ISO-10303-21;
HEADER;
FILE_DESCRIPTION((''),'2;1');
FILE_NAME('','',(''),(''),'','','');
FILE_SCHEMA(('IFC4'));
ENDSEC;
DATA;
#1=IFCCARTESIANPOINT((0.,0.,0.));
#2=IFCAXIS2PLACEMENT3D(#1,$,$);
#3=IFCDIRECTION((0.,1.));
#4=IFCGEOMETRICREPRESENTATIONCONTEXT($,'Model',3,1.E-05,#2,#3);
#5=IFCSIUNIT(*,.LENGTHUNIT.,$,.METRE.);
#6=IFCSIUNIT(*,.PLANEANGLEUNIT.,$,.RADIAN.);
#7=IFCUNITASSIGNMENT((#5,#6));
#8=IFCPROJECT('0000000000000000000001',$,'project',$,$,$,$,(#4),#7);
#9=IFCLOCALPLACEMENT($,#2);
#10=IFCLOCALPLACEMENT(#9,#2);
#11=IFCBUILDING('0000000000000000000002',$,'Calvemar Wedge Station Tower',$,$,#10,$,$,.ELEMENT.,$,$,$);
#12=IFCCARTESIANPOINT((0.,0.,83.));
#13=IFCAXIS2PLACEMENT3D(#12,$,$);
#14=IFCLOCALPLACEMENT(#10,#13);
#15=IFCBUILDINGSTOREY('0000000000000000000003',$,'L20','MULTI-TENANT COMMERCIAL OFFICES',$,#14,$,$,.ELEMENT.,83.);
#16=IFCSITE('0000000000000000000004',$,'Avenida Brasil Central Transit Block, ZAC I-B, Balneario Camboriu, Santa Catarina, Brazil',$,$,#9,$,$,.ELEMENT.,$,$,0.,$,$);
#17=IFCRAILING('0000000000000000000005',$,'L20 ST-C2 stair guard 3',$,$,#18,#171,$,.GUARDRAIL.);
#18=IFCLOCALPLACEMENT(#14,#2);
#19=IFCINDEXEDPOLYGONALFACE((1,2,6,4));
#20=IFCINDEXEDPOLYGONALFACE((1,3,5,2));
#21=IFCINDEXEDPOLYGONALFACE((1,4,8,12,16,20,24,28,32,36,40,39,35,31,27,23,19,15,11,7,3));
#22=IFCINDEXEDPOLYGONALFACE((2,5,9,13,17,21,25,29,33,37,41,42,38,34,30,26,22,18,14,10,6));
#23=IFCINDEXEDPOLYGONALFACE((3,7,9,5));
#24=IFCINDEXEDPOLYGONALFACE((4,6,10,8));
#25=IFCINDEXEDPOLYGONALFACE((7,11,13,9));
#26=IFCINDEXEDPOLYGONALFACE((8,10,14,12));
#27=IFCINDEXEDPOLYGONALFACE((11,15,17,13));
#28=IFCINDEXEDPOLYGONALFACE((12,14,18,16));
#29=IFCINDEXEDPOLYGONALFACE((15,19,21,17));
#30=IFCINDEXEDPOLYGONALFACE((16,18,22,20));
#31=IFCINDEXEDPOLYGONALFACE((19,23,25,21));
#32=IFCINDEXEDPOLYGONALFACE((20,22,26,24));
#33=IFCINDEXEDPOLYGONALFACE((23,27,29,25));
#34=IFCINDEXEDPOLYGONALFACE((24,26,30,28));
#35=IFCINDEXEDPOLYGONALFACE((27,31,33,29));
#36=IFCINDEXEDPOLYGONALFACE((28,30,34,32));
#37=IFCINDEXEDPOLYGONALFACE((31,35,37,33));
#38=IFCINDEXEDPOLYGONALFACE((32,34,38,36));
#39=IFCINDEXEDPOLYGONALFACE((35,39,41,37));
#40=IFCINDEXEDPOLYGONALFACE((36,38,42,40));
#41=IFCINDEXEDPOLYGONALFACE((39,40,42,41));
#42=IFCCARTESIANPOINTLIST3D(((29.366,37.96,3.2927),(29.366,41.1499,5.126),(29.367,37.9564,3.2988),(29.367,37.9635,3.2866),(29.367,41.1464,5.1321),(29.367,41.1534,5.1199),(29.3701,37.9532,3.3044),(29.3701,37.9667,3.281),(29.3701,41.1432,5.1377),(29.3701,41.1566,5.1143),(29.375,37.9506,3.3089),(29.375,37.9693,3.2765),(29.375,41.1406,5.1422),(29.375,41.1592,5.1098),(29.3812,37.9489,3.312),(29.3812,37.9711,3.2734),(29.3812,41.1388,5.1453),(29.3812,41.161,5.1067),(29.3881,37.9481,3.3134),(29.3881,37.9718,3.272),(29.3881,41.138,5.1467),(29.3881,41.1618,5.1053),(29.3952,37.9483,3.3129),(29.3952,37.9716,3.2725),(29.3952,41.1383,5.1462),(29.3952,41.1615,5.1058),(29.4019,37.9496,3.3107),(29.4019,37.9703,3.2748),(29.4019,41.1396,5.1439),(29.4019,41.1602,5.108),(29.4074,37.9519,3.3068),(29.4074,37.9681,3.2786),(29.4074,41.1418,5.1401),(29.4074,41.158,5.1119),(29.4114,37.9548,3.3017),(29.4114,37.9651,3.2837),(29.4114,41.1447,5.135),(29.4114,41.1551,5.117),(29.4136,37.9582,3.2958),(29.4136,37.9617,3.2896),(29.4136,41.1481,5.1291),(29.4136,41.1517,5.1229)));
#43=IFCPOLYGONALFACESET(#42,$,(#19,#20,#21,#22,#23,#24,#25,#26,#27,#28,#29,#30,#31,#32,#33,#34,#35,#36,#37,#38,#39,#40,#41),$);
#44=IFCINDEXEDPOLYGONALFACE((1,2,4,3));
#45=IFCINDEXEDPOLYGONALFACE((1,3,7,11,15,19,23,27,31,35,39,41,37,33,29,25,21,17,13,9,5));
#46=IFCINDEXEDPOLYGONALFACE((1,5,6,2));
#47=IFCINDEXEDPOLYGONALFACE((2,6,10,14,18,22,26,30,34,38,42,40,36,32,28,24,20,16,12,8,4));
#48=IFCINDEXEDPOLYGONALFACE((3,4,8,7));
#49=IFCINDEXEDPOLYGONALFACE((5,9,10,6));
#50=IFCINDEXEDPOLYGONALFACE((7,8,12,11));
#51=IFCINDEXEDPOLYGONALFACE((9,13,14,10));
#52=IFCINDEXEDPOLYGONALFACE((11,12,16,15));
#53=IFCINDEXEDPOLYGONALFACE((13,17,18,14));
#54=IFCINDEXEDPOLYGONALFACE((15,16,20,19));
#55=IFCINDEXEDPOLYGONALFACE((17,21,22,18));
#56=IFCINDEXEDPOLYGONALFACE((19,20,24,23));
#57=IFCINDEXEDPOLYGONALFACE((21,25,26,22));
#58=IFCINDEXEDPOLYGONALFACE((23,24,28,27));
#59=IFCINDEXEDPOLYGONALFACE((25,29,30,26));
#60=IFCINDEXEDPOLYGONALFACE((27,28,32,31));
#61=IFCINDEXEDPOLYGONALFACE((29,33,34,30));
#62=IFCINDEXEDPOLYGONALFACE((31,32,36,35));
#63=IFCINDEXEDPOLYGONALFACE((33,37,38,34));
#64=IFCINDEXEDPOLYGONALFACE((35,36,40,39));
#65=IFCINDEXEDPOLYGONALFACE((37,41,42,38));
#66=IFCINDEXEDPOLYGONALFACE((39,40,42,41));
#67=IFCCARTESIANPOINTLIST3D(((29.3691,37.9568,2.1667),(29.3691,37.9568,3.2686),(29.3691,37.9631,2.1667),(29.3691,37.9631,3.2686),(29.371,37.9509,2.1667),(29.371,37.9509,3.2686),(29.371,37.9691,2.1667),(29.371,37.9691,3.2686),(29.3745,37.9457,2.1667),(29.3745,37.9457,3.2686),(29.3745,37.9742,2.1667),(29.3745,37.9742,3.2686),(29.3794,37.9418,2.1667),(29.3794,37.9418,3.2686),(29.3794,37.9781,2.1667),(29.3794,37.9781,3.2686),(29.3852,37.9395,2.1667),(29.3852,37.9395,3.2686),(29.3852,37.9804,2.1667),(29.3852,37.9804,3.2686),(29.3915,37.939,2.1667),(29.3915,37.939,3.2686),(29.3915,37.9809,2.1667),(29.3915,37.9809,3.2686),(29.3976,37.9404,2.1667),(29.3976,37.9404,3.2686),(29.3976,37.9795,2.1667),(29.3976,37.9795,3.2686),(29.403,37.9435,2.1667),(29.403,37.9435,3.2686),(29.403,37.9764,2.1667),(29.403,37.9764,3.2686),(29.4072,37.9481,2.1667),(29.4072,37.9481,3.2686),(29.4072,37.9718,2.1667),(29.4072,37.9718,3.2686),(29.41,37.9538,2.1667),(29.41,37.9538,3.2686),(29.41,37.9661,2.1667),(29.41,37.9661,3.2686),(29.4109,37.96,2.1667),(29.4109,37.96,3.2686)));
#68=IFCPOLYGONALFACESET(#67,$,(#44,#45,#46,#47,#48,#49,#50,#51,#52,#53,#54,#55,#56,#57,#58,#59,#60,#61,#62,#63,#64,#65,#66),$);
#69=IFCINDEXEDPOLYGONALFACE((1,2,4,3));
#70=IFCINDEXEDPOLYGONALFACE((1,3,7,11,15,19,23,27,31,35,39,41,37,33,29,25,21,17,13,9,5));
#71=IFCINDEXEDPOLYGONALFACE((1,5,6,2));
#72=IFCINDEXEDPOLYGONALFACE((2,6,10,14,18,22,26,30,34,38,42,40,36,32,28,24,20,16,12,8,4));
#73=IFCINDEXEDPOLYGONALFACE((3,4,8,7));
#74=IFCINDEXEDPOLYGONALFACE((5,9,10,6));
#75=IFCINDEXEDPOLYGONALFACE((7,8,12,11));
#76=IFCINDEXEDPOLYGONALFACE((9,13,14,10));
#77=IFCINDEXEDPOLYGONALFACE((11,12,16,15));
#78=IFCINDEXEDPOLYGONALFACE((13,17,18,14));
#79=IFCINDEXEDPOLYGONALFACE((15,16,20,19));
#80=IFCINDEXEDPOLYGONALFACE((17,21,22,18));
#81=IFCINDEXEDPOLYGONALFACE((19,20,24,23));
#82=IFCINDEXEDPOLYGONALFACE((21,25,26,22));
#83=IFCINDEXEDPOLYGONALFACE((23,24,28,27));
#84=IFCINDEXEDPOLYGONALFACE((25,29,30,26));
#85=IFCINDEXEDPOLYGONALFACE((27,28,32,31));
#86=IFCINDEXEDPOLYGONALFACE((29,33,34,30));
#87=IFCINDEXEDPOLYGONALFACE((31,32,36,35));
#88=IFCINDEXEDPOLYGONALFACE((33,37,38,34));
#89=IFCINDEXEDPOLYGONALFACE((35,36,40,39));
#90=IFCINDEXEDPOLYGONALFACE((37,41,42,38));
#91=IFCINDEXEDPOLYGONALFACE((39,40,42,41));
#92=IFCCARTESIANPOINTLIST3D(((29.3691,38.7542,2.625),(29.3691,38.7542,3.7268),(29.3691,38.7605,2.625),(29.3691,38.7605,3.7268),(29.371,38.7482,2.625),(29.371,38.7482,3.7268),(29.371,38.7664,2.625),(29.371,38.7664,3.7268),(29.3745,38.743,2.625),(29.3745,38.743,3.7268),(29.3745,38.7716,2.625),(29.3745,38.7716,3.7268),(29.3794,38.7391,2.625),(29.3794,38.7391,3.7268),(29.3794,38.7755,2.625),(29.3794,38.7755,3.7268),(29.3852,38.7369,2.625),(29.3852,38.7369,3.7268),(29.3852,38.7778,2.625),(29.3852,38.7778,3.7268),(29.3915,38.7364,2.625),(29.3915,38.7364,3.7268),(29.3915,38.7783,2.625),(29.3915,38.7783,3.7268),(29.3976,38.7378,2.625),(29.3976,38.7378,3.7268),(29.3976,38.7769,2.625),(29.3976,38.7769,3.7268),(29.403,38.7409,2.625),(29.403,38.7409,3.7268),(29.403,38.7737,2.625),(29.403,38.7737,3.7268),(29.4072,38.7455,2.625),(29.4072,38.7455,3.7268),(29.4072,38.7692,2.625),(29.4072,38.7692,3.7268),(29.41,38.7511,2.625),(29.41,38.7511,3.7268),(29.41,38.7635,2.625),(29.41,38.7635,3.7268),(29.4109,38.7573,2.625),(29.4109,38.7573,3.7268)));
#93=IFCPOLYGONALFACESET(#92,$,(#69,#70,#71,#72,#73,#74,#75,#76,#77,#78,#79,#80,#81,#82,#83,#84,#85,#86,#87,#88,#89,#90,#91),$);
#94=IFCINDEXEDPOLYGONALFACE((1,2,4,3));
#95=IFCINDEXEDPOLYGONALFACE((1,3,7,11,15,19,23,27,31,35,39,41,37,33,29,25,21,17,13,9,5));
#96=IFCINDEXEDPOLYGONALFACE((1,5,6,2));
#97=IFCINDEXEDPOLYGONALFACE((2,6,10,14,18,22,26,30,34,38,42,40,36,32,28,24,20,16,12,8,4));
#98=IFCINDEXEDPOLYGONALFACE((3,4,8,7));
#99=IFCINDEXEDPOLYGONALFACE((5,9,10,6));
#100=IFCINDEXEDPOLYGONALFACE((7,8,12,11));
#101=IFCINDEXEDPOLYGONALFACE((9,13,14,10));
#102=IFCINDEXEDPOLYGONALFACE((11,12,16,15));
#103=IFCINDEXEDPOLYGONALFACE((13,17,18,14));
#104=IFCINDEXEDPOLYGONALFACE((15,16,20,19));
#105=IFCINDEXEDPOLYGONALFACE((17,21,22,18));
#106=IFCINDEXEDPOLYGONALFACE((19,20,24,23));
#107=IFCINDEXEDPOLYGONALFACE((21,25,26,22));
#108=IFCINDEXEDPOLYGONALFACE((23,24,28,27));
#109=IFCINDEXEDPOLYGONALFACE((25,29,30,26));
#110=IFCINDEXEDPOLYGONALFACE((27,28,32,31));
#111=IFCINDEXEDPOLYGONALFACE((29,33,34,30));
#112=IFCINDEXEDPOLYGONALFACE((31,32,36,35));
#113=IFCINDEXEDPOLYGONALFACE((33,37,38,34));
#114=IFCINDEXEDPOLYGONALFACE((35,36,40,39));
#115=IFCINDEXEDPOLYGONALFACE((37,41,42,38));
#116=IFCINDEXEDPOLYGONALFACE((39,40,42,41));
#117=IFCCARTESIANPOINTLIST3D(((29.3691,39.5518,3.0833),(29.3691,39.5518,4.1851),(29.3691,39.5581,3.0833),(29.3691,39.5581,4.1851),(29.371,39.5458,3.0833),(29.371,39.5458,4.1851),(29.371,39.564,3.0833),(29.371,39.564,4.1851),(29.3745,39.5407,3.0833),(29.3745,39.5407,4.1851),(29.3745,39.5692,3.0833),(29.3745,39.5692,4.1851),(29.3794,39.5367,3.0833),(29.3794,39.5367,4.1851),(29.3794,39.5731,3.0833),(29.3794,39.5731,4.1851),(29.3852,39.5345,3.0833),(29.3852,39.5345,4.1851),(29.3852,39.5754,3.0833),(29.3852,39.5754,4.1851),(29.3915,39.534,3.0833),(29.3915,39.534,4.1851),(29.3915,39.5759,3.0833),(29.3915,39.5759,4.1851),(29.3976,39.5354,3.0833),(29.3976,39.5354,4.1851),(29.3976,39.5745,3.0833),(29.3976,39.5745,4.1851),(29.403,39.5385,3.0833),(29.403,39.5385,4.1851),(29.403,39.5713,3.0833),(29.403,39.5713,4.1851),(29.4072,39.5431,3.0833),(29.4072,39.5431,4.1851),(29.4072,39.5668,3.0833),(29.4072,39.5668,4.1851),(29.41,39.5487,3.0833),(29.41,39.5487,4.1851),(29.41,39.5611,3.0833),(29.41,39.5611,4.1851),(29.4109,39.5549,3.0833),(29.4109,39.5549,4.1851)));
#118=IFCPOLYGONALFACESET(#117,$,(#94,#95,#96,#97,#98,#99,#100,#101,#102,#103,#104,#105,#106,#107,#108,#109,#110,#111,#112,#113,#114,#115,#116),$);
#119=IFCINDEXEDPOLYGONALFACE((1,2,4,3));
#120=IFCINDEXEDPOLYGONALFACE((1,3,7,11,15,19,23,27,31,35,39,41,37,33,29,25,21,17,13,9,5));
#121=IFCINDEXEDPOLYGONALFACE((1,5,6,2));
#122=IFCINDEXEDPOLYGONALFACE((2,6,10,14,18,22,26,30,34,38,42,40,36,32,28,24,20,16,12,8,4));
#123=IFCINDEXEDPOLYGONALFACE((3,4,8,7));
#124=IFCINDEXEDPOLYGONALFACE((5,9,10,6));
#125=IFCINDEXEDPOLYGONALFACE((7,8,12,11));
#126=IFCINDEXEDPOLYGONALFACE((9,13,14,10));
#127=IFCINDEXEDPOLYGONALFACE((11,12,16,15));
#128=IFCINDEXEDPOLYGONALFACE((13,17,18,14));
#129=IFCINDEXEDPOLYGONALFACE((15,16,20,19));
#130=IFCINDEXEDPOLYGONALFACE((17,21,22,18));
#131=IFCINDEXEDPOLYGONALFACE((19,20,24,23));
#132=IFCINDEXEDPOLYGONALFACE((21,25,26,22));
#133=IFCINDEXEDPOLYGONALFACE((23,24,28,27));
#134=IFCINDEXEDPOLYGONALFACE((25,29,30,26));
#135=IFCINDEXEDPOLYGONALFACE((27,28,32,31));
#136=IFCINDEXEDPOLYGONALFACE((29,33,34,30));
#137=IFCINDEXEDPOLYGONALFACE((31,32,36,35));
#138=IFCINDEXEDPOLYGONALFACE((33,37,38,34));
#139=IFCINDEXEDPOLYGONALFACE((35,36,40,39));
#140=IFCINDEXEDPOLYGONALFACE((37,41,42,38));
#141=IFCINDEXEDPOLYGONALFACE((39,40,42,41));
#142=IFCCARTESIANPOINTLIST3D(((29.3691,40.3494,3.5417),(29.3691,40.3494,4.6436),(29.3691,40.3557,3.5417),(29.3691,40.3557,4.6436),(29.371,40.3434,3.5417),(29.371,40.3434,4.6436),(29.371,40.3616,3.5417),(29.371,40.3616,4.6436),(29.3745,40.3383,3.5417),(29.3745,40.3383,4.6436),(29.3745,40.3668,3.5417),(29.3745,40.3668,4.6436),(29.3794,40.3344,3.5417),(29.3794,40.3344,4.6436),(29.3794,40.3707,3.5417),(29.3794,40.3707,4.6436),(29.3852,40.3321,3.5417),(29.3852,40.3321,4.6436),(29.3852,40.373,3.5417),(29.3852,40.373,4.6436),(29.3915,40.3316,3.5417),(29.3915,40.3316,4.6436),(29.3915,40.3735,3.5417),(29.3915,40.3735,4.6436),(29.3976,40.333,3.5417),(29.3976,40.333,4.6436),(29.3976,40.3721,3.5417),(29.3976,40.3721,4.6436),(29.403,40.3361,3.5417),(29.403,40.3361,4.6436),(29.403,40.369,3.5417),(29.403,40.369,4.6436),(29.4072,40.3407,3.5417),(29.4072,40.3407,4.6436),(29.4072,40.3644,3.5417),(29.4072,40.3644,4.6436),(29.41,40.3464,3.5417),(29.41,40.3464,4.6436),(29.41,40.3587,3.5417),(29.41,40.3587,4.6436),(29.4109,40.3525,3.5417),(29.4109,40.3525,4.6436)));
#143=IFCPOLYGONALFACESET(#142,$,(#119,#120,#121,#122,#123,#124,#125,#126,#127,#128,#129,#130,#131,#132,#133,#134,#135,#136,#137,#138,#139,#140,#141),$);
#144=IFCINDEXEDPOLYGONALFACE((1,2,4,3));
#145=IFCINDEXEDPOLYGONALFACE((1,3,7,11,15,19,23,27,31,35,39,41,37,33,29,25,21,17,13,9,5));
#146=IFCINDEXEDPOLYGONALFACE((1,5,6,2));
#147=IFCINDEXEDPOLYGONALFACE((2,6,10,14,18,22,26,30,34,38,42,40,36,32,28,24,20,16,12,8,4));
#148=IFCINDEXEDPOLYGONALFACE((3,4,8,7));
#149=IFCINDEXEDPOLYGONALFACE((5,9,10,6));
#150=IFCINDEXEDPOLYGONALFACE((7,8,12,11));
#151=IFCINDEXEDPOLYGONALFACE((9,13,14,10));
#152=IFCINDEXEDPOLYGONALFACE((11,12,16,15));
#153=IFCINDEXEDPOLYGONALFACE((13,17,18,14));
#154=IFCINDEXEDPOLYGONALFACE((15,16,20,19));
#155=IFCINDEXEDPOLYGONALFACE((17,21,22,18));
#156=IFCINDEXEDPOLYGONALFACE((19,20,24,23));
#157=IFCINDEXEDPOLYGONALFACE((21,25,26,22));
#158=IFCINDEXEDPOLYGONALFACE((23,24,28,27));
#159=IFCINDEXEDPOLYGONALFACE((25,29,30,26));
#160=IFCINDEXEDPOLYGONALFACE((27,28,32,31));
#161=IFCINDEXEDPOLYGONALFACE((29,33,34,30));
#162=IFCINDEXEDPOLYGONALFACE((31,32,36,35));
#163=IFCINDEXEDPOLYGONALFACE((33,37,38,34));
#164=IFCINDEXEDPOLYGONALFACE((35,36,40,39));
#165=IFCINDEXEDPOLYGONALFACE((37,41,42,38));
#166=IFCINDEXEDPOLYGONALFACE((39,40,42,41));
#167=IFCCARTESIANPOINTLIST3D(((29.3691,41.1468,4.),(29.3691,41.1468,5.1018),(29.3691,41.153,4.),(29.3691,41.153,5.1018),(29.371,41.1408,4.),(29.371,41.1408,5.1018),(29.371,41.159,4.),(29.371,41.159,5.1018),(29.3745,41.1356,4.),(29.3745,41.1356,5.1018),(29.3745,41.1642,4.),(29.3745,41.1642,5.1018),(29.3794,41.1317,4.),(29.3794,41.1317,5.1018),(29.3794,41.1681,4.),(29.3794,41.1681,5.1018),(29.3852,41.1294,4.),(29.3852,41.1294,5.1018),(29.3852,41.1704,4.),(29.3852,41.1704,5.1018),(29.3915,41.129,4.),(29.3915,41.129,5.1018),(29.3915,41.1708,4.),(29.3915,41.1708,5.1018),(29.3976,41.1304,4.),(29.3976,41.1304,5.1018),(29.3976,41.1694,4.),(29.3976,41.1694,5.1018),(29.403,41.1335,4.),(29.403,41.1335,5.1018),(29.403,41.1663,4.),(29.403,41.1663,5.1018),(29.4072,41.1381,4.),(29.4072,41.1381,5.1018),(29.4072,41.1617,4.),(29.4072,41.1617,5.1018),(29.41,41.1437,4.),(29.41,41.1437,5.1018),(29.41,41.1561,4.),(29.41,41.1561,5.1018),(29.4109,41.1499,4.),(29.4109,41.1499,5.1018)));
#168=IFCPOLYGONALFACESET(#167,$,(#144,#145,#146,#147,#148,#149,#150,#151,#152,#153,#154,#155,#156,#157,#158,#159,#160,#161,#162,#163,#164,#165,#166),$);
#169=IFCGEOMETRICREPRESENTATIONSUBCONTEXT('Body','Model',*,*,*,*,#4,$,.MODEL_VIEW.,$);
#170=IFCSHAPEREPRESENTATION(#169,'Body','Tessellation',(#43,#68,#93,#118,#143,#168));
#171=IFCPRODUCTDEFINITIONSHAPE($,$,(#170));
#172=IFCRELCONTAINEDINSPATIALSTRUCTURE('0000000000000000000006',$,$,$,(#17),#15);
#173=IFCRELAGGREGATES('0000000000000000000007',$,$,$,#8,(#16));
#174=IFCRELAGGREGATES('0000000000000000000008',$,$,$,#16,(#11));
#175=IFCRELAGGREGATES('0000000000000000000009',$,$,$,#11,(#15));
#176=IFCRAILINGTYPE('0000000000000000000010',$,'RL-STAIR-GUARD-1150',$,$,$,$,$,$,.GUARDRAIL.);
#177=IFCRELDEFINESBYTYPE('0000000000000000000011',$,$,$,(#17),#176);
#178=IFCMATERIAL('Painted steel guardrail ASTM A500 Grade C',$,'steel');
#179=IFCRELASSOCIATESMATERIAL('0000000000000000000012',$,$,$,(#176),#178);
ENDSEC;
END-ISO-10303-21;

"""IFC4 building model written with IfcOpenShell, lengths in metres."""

from ifc_helpers import new_model, si_unit, direction, frame, origin, origin_2d, place, context, subcontext, project, spatial, circle, extrude, material, type_object, element, save


model = new_model("IFC4")

# Units and contexts
model_context = context("Model", 3, precision=1e-05, world=origin(), true_north=direction((0.0, 1.0)))
body_context = subcontext(model_context, "Body", "Model", "MODEL_VIEW")
ifc_project = project(units=[si_unit("LENGTHUNIT", "METRE"), si_unit("PLANEANGLEUNIT", "RADIAN")], contexts=[model_context])

# Site, building, storey
site_placement = place(None, origin())
site = spatial("IfcSite", under=ifc_project, at=site_placement, Name="Avenida Brasil Central Transit Block, ZAC I-B, Balneario Camboriu, Santa Catarina, Brazil", CompositionType="ELEMENT", RefElevation=0.0)
building_placement = place(site_placement, origin())
building = spatial("IfcBuilding", under=site, at=building_placement, Name="Calvemar Wedge Station Tower", CompositionType="ELEMENT")
storey_placement = place(building_placement, frame((0.0, 0.0, 83.0)))
storey = spatial("IfcBuildingStorey", under=building, at=storey_placement, Name="L20", Description="MULTI-TENANT COMMERCIAL OFFICES", CompositionType="ELEMENT", Elevation=83.0)

# Railing
ifc_material_1 = material(Name="Painted steel guardrail ASTM A500 Grade C", Category="steel")
railing_type_1 = type_object("IfcRailingType", Name="RL-STAIR-GUARD-1150", PredefinedType="GUARDRAIL", material=ifc_material_1)
railing_1_placement = place(storey_placement, frame((29.3899, 37.96, 2.1667)))
element("IfcRailing", 1, at=railing_1_placement, inside=storey, type_object=railing_type_1, Name="L20 ST-C2 stair guard 3", PredefinedType="GUARDRAIL", context=body_context, shape_type="SweptSolid", body=[
    extrude(circle(Radius=0.0239, at=origin_2d()), frame((0.0, 0.0, 1.126), z_axis=(0.0, 0.86702, 0.498274), x_axis=(-1.0, 0.0, 0.0)), (0.0, 0.0, 1.0), 3.6792),
    extrude(circle(Radius=0.021, at=origin_2d()), origin(), (0.0, 0.0, 1.0), 1.1018),
    extrude(circle(Radius=0.021, at=origin_2d()), frame((0.0, 0.7974, 0.4583)), (0.0, 0.0, 1.0), 1.1018),
    extrude(circle(Radius=0.021, at=origin_2d()), frame((0.0, 1.595, 0.9165)), (0.0, 0.0, 1.0), 1.1018),
    extrude(circle(Radius=0.021, at=origin_2d()), frame((0.0, 2.3926, 1.375)), (0.0, 0.0, 1.0), 1.1018),
    extrude(circle(Radius=0.021, at=origin_2d()), frame((0.0, 3.1899, 1.8333)), (0.0, 0.0, 1.0), 1.1018),
])

save(model, "model.ifc")
